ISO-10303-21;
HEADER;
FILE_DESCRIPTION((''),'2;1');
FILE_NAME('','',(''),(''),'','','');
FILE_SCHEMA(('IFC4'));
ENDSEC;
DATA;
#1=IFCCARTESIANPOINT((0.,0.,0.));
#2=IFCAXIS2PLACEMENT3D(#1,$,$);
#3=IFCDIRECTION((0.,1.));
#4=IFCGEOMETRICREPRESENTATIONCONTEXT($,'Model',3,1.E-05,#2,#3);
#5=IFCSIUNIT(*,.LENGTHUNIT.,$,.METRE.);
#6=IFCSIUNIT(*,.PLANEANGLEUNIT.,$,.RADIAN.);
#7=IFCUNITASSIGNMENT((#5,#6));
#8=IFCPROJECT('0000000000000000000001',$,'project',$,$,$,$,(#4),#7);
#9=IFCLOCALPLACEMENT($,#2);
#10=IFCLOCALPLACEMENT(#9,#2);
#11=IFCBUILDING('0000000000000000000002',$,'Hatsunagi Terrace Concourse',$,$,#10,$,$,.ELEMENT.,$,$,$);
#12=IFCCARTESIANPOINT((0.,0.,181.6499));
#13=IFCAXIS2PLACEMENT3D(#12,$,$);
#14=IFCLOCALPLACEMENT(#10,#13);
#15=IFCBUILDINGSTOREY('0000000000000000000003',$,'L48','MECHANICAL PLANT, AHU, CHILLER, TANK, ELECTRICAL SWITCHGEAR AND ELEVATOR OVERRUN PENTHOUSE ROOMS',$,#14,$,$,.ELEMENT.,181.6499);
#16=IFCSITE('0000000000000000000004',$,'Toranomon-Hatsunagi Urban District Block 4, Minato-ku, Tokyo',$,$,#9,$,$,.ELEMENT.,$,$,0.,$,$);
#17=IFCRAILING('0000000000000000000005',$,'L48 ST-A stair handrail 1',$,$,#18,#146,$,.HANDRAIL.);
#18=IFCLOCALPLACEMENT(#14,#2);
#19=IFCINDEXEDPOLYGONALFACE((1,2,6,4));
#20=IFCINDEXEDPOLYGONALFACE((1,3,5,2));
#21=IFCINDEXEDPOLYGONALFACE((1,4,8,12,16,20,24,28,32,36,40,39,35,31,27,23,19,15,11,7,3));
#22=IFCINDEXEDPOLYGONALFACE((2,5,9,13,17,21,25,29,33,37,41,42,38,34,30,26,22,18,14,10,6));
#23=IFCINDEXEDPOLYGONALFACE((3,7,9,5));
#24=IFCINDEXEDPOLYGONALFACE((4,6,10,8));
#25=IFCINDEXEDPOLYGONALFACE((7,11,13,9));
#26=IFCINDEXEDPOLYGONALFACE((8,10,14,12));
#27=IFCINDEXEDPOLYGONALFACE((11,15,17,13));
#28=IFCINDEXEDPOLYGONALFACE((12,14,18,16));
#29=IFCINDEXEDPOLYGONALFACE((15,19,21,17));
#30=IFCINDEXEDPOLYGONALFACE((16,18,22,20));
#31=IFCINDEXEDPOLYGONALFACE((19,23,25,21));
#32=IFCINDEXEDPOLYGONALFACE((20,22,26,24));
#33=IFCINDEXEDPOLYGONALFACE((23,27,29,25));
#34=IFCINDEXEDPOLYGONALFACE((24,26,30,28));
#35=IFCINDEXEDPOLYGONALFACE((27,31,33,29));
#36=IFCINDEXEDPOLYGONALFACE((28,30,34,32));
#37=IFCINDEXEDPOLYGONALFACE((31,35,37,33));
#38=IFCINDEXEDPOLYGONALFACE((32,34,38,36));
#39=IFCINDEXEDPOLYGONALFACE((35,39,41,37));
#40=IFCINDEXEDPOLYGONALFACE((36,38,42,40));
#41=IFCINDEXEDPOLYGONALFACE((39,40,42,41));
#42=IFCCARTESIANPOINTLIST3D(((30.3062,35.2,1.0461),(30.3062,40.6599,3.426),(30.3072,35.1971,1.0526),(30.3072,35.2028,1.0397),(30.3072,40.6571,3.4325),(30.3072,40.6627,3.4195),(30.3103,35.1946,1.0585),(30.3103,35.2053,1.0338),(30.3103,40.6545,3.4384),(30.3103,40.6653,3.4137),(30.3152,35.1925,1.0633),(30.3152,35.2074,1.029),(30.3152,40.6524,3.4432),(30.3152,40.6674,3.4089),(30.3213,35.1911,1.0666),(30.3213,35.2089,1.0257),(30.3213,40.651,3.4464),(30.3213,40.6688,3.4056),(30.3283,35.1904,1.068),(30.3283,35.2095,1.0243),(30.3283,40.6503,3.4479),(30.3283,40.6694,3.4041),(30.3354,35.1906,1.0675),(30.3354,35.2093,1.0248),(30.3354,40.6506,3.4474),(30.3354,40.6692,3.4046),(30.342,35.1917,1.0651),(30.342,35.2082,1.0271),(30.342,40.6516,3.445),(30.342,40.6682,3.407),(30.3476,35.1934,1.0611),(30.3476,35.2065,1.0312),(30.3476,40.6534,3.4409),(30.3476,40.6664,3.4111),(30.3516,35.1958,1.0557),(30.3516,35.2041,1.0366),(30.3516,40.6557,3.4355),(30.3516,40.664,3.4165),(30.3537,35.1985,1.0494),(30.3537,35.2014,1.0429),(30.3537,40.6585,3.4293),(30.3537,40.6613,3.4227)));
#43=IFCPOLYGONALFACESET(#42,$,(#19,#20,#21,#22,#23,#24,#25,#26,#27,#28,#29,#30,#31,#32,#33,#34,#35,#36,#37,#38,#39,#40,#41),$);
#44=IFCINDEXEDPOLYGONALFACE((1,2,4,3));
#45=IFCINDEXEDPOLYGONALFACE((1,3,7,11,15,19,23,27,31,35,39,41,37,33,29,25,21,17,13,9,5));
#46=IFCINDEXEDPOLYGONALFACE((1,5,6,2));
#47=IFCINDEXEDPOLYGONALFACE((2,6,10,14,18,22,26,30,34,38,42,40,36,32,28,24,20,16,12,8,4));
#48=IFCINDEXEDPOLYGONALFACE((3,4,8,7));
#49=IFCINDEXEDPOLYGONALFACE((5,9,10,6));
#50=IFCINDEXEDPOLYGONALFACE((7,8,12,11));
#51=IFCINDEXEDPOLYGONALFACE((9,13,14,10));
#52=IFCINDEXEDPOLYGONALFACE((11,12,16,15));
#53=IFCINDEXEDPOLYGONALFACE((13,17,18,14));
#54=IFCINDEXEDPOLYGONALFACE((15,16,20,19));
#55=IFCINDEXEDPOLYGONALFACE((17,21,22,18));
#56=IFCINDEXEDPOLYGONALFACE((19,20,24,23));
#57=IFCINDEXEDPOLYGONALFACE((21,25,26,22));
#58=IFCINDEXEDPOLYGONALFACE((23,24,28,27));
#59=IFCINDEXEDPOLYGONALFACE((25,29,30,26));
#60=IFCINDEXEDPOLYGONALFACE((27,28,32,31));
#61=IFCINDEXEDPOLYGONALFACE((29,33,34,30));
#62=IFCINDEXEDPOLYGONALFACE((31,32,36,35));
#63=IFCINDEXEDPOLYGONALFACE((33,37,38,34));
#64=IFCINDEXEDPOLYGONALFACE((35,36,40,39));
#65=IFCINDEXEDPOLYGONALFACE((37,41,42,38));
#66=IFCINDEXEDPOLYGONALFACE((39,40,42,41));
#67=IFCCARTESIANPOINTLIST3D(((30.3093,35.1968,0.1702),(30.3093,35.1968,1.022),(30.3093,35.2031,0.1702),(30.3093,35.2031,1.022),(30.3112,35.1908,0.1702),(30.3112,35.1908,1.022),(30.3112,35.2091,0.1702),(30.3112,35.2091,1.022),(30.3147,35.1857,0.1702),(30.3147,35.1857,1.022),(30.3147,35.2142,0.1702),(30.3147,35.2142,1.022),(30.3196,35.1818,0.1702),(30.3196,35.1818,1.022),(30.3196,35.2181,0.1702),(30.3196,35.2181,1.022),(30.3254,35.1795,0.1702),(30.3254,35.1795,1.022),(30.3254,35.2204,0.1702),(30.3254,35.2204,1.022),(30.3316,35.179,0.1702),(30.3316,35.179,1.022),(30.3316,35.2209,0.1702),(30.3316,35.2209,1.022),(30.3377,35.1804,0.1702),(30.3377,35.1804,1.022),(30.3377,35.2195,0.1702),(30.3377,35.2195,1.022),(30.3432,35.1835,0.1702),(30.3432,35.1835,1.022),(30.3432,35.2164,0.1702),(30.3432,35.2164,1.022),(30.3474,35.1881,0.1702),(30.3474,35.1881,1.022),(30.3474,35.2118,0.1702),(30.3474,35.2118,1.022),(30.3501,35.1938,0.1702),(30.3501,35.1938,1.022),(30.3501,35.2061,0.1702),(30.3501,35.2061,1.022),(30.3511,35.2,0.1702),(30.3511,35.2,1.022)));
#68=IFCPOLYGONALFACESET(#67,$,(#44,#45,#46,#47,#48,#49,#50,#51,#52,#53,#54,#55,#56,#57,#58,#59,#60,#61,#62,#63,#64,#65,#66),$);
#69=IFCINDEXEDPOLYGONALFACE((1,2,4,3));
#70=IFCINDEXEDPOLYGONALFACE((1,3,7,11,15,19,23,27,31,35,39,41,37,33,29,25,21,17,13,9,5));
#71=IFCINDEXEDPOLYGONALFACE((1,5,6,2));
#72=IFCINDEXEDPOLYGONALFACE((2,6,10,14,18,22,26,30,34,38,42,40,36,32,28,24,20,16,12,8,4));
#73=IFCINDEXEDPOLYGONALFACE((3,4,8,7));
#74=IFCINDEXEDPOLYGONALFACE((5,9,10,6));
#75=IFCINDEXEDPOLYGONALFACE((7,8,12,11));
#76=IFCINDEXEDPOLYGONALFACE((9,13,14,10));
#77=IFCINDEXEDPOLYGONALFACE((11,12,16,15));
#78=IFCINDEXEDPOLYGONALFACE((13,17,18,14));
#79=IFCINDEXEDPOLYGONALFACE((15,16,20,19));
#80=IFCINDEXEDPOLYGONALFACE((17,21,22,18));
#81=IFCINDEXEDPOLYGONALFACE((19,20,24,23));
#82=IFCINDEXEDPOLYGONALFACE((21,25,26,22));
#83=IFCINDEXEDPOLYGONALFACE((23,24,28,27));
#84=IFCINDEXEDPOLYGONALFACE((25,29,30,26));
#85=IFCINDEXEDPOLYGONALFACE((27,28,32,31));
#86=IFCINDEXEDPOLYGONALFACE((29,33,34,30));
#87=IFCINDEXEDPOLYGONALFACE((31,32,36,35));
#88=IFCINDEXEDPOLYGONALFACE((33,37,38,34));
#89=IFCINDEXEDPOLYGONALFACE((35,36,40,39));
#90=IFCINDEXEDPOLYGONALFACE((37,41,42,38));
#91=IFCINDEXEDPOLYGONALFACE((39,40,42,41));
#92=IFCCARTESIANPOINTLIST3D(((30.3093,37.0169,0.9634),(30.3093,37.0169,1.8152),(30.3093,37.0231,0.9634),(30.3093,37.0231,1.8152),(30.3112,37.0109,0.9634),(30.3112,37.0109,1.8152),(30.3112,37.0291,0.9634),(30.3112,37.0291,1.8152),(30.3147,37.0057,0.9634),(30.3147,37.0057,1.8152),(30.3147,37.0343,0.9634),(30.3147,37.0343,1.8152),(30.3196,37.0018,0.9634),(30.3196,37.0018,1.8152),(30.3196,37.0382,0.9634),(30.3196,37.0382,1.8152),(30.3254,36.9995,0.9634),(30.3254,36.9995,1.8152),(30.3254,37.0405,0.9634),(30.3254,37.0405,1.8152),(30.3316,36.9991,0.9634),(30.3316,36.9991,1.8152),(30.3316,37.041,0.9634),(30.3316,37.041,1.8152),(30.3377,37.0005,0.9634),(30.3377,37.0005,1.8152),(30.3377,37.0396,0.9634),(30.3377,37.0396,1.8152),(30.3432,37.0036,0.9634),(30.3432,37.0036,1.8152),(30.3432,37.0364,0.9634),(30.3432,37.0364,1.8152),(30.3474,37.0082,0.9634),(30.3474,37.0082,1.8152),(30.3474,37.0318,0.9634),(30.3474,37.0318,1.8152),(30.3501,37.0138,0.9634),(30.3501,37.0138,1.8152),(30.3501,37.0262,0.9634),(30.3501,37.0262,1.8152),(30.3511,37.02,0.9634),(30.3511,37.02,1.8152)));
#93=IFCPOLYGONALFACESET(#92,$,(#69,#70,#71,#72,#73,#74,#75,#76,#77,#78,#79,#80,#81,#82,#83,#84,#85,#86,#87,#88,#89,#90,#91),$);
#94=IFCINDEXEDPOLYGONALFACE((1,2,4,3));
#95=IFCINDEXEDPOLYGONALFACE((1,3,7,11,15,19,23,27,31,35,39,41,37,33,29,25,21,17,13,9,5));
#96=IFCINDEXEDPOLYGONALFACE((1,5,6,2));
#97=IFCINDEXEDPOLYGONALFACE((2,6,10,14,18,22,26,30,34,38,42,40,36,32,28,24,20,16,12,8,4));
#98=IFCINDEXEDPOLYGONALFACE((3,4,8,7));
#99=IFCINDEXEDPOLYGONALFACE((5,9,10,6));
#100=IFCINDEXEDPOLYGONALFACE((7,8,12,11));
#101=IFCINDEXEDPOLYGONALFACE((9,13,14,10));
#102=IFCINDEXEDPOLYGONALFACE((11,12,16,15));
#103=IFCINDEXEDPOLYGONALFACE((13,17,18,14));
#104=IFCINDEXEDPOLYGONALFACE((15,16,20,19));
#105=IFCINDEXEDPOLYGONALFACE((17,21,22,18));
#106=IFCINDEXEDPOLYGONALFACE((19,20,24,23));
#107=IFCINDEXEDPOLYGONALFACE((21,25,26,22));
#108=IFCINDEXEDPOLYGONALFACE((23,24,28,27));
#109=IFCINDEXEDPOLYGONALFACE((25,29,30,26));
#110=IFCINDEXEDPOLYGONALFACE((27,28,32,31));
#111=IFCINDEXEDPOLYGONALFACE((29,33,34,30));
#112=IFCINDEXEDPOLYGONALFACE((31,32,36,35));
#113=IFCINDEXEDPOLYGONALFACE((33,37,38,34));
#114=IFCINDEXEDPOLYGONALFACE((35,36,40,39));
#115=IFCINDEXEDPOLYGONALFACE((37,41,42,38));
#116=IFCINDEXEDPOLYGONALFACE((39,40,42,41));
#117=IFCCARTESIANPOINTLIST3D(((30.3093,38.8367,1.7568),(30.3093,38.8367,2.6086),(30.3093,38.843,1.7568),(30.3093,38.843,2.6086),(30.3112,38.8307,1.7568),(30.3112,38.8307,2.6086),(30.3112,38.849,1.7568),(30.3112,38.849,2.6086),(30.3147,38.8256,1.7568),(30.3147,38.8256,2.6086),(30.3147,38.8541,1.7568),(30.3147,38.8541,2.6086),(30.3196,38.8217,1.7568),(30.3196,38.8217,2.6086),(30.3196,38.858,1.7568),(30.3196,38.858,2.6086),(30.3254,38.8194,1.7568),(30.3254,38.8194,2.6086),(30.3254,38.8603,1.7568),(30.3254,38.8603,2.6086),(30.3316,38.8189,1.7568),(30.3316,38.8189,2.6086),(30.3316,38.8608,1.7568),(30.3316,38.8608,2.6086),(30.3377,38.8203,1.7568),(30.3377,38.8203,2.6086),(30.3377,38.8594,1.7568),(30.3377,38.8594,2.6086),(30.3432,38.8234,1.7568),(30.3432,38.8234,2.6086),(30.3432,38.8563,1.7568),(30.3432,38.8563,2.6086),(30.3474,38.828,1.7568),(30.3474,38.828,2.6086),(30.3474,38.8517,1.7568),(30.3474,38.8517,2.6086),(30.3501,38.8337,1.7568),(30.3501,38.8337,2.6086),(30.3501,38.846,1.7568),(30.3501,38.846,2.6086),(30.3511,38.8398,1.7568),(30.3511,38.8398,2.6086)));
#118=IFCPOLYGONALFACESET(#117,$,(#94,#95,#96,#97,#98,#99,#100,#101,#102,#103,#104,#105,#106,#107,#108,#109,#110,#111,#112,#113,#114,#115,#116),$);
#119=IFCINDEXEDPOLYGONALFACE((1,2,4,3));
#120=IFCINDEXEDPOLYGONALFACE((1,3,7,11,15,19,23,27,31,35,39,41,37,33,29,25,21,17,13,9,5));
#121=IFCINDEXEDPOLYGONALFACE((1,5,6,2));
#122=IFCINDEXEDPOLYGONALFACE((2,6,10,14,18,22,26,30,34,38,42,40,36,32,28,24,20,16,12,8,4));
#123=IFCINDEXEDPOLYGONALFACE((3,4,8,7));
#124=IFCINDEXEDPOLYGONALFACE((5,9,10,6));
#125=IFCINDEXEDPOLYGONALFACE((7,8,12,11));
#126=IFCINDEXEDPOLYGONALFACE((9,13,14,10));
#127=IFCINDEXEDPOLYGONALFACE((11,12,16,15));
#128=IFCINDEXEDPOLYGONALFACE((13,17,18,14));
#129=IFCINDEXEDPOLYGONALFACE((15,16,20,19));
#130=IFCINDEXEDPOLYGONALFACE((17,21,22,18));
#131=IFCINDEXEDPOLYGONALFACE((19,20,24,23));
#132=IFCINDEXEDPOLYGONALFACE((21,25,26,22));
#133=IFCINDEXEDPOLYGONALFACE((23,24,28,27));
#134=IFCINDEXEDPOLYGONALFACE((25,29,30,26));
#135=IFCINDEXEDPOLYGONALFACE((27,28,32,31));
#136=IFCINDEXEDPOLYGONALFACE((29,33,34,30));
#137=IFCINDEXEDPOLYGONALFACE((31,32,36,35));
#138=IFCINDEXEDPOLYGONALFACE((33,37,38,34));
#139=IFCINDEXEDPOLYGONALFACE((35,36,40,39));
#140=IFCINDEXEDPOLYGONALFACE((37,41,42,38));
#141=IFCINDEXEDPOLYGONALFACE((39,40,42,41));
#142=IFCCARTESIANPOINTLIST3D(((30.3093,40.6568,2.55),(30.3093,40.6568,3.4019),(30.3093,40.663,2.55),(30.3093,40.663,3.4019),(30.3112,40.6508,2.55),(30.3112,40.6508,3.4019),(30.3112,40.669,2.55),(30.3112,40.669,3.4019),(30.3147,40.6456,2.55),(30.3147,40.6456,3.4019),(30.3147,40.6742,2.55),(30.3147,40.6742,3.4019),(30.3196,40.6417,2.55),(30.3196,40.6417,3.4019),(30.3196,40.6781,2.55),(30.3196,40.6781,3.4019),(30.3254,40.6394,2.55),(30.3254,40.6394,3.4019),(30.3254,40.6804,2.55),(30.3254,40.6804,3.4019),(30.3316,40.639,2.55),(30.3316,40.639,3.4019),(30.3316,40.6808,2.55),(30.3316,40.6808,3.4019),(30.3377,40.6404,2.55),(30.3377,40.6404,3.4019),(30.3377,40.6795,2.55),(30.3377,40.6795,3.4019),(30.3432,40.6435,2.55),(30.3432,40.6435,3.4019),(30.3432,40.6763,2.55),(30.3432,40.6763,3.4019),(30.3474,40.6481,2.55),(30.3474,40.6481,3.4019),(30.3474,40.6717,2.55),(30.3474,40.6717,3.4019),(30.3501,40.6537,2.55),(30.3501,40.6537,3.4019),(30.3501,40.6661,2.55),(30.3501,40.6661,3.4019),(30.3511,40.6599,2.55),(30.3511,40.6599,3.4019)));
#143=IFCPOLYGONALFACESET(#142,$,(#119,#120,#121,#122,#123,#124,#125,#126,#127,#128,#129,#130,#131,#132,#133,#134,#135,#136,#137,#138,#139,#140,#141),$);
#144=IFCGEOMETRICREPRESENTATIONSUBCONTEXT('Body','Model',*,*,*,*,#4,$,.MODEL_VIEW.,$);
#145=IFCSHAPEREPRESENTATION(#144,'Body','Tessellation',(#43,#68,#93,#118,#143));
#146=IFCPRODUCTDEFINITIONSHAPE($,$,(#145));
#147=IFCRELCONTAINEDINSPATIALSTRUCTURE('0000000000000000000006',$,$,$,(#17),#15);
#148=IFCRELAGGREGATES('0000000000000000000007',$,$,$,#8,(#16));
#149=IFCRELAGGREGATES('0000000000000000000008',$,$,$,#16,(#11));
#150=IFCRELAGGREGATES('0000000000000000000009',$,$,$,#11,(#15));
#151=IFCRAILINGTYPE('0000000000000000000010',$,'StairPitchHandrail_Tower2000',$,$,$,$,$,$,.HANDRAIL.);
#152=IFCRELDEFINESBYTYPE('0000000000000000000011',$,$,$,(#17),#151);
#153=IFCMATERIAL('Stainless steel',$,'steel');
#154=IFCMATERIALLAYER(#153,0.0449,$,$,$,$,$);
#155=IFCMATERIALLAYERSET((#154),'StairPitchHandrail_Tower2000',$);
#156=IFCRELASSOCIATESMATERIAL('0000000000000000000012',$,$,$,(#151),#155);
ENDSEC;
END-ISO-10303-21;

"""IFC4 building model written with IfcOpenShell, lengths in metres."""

from ifc_helpers import new_model, si_unit, direction, frame, origin, origin_2d, place, context, subcontext, project, spatial, circle, extrude, material, layer, layer_set, type_object, element, save


model = new_model("IFC4")

# Units and contexts
model_context = context("Model", 3, precision=1e-05, world=origin(), true_north=direction((0.0, 1.0)))
body_context = subcontext(model_context, "Body", "Model", "MODEL_VIEW")
ifc_project = project(units=[si_unit("LENGTHUNIT", "METRE"), si_unit("PLANEANGLEUNIT", "RADIAN")], contexts=[model_context])

# Site, building, storey
site_placement = place(None, origin())
site = spatial("IfcSite", under=ifc_project, at=site_placement, Name="Toranomon-Hatsunagi Urban District Block 4, Minato-ku, Tokyo", CompositionType="ELEMENT", RefElevation=0.0)
building_placement = place(site_placement, origin())
building = spatial("IfcBuilding", under=site, at=building_placement, Name="Hatsunagi Terrace Concourse", CompositionType="ELEMENT")
storey_placement = place(building_placement, frame((0.0, 0.0, 181.6499)))
storey = spatial("IfcBuildingStorey", under=building, at=storey_placement, Name="L48", Description="MECHANICAL PLANT, AHU, CHILLER, TANK, ELECTRICAL SWITCHGEAR AND ELEVATOR OVERRUN PENTHOUSE ROOMS", CompositionType="ELEMENT", Elevation=181.6499)

# Railing
ifc_material_1 = material(Name="Stainless steel", Category="steel")
ifc_layer_1 = layer(ifc_material_1, 0.0449)
ifc_layer_set_1 = layer_set([ifc_layer_1], Name="StairPitchHandrail_Tower2000")
railing_type = type_object("IfcRailingType", Name="StairPitchHandrail_Tower2000", PredefinedType="HANDRAIL", material=ifc_layer_set_1)
railing_placement = place(storey_placement, frame((30.3301, 35.2, 0.1702)))
element("IfcRailing", 1, at=railing_placement, inside=storey, type_object=railing_type, Name="L48 ST-A stair handrail 1", PredefinedType="HANDRAIL", context=body_context, shape_type="SweptSolid", body=[
    extrude(circle(Radius=0.0239, at=origin_2d()), frame((0.0, 0.0, 0.876), z_axis=(0.0, 0.916702, 0.399571), x_axis=(-1.0, 0.0, 0.0)), (0.0, 0.0, 1.0), 5.9561),
    extrude(circle(Radius=0.021, at=origin_2d()), origin(), (0.0, 0.0, 1.0), 0.8518),
    extrude(circle(Radius=0.021, at=origin_2d()), frame((0.0, 1.8201, 0.7932)), (0.0, 0.0, 1.0), 0.8518),
    extrude(circle(Radius=0.021, at=origin_2d()), frame((0.0, 3.6399, 1.5867)), (0.0, 0.0, 1.0), 0.8518),
    extrude(circle(Radius=0.021, at=origin_2d()), frame((0.0, 5.46, 2.3799)), (0.0, 0.0, 1.0), 0.8518),
])

save(model, "model.ifc")
